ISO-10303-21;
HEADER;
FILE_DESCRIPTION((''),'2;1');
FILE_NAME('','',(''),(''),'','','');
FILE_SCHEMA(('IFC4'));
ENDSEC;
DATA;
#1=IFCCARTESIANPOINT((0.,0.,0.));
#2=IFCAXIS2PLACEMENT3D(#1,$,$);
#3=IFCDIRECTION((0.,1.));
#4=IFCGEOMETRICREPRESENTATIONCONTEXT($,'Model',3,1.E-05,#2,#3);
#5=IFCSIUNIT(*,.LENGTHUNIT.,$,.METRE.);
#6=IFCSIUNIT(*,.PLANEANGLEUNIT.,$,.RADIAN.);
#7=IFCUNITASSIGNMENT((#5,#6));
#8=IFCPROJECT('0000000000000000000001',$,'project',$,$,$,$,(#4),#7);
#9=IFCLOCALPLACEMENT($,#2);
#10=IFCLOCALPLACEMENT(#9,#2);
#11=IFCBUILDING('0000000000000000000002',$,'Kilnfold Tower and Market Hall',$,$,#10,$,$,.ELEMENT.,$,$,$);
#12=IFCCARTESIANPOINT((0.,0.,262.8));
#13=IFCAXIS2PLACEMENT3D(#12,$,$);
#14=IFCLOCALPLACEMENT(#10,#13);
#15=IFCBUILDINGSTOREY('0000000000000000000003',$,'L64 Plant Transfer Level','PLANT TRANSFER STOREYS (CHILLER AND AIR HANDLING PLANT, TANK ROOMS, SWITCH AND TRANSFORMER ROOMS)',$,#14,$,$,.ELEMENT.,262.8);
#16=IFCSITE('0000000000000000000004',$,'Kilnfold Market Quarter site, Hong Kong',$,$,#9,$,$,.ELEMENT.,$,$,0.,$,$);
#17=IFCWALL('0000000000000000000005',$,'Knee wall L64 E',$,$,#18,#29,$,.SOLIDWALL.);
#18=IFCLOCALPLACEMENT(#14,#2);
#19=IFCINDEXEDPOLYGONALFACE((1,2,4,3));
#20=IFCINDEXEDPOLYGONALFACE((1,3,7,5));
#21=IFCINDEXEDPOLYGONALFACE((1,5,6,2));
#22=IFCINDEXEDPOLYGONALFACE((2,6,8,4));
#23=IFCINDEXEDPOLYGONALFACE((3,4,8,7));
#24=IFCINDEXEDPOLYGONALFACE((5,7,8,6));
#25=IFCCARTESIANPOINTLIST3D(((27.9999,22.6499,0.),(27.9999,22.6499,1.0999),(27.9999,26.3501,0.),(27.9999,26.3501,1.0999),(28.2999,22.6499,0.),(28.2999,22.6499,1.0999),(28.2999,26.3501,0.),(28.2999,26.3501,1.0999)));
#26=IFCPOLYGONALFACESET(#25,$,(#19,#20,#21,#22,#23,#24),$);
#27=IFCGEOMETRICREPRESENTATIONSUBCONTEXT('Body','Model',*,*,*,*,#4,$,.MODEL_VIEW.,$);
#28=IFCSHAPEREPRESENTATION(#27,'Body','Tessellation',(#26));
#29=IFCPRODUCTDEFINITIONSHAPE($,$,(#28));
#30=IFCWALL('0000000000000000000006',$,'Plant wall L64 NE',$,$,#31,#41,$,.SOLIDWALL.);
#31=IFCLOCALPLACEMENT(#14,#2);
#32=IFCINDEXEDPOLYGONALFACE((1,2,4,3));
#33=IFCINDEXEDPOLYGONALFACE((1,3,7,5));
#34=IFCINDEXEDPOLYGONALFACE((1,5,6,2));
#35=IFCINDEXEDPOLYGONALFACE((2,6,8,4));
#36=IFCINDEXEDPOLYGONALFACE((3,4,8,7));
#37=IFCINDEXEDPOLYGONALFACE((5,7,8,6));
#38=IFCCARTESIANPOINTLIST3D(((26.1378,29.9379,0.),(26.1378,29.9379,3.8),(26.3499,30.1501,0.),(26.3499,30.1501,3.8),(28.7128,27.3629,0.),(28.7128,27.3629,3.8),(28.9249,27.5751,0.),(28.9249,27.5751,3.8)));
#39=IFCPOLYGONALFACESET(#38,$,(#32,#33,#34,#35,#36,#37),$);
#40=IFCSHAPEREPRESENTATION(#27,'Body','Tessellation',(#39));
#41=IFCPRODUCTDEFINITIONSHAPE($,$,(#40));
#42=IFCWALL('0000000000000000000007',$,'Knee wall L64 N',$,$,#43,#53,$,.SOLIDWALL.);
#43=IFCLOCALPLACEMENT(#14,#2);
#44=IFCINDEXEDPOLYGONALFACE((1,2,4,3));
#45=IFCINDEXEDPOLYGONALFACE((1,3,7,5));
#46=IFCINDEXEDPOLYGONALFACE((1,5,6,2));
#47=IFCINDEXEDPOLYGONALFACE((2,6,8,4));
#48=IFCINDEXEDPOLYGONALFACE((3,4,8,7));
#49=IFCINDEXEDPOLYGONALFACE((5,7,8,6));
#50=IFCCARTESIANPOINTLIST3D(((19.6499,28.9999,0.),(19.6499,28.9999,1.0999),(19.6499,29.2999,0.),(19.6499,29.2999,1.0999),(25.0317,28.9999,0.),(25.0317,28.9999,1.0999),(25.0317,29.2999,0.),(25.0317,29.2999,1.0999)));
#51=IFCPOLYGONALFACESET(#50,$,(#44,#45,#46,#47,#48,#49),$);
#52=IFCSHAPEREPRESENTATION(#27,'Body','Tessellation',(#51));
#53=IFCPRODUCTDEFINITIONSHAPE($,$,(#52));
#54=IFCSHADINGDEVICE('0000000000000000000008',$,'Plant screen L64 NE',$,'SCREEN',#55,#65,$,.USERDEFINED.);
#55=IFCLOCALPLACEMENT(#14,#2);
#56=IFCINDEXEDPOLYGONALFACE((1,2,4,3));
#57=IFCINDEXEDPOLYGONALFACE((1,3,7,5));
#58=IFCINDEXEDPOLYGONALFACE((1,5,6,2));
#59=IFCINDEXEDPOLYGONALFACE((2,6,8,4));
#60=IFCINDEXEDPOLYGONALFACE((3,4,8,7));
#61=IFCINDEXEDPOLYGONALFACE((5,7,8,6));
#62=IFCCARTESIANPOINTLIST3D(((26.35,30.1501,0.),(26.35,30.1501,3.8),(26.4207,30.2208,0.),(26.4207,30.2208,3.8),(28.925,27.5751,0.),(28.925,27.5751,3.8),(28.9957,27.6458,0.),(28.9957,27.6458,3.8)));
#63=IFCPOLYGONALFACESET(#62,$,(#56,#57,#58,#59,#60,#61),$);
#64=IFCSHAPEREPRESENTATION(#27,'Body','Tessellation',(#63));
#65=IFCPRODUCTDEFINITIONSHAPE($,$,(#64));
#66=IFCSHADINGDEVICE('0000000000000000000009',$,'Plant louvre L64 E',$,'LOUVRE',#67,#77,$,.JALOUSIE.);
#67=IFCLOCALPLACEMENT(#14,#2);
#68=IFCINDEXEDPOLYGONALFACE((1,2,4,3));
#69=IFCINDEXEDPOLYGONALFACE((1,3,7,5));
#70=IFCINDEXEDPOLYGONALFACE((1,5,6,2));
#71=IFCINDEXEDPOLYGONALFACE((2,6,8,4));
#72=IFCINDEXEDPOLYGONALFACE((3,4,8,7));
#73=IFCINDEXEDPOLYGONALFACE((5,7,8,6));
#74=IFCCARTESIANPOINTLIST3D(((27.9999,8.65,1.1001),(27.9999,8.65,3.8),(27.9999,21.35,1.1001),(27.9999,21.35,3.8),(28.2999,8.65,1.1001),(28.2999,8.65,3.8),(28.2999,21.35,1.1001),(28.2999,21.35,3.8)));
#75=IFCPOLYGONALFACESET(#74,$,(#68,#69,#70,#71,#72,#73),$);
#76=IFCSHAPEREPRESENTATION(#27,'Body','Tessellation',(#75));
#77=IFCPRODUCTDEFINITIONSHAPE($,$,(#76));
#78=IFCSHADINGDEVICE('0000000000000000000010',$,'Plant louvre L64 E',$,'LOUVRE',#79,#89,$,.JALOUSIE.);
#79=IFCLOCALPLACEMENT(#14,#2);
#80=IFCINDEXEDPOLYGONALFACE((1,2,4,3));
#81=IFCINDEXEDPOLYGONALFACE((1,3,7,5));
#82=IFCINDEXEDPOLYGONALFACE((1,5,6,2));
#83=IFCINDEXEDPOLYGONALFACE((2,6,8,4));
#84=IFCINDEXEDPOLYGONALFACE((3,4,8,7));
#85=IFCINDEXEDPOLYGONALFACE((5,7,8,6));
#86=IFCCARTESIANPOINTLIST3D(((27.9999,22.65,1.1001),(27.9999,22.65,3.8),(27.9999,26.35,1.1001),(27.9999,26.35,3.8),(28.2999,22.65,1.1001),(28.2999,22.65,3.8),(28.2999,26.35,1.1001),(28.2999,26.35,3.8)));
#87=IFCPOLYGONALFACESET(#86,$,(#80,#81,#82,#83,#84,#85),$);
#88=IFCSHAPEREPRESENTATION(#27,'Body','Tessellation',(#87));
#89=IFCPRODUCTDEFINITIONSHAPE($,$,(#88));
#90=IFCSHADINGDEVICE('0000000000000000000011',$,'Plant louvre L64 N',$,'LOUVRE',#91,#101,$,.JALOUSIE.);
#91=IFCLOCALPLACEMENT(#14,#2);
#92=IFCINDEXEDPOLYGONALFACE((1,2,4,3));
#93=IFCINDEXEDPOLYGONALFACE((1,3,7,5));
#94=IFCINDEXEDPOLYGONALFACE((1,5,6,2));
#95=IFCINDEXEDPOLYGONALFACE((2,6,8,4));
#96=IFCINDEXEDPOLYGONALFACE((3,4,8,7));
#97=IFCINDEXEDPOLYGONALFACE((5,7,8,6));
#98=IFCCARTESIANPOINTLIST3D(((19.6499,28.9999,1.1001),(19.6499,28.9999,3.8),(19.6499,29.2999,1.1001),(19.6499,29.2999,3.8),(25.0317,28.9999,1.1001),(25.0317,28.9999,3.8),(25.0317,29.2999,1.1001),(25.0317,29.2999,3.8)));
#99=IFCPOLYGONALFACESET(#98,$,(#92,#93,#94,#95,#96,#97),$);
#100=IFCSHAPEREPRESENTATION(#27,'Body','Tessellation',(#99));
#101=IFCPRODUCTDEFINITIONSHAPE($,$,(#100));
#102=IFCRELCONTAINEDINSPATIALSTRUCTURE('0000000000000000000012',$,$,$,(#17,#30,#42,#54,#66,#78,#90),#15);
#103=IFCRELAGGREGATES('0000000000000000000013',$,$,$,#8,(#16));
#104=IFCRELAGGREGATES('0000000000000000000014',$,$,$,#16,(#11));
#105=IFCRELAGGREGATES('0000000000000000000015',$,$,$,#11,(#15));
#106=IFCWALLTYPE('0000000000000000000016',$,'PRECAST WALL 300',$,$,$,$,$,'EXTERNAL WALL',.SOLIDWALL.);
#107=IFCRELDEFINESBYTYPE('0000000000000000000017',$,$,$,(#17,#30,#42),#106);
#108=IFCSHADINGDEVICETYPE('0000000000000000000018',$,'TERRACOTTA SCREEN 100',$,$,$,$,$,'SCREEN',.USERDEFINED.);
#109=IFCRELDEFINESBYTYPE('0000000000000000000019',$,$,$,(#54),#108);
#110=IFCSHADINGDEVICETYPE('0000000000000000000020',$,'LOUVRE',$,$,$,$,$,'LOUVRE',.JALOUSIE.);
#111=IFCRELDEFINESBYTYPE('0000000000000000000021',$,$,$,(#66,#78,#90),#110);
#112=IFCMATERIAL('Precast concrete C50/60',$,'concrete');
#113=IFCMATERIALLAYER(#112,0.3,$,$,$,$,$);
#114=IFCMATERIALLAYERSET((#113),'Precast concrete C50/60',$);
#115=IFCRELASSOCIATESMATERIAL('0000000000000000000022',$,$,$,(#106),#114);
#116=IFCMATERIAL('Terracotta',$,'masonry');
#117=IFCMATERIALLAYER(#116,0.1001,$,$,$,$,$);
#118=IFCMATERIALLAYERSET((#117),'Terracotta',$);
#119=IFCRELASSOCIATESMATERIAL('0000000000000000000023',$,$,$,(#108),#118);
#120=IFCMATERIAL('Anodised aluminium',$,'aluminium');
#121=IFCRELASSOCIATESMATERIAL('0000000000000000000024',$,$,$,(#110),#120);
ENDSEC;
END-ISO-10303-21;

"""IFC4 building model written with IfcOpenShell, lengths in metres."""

from ifc_helpers import new_model, si_unit, direction, frame, frame_2d, origin, origin_2d, place, context, subcontext, project, spatial, rectangle, extrude, source, transform, mapped, material, layer, layer_set, type_object, element, save


model = new_model("IFC4")

# Units and contexts
model_context = context("Model", 3, precision=1e-05, world=origin(), true_north=direction((0.0, 1.0)))
body_context = subcontext(model_context, "Body", "Model", "MODEL_VIEW")
ifc_project = project(units=[si_unit("LENGTHUNIT", "METRE"), si_unit("PLANEANGLEUNIT", "RADIAN")], contexts=[model_context])

# Site, building, storey
site_placement = place(None, origin())
site = spatial("IfcSite", under=ifc_project, at=site_placement, Name="Kilnfold Market Quarter site, Hong Kong", CompositionType="ELEMENT", RefElevation=0.0)
building_placement = place(site_placement, origin())
building = spatial("IfcBuilding", under=site, at=building_placement, Name="Kilnfold Tower and Market Hall", CompositionType="ELEMENT")
storey_placement = place(building_placement, frame((0.0, 0.0, 262.8)))
storey = spatial("IfcBuildingStorey", under=building, at=storey_placement, Name="L64 Plant Transfer Level", Description="PLANT TRANSFER STOREYS (CHILLER AND AIR HANDLING PLANT, TANK ROOMS, SWITCH AND TRANSFORMER ROOMS)", CompositionType="ELEMENT", Elevation=262.8)

# Walls
ifc_material_1 = material(Name="Precast concrete C50/60", Category="concrete")
ifc_layer_1 = layer(ifc_material_1, 0.3)
ifc_layer_set_1 = layer_set([ifc_layer_1], Name="Precast concrete C50/60")
wall_type_1 = type_object("IfcWallType", Name="PRECAST WALL 300", ElementType="EXTERNAL WALL", PredefinedType="SOLIDWALL", material=ifc_layer_set_1)
shared_shape_1 = source(origin(), body_context, "Body", "SweptSolid", [
    extrude(rectangle(XDim=3.7002, YDim=0.3, at=frame_2d((1.8501, 0.0))), origin(), (0.0, 0.0, 1.0), 1.0999),
])
wall_1_placement = place(storey_placement, frame((28.1499, 22.6499, 0.0), z_axis=(0.0, 0.0, 1.0), x_axis=(0.0, 1.0, 0.0)))
element("IfcWall", 1, at=wall_1_placement, inside=storey, type_object=wall_type_1, Name="Knee wall L64 E", PredefinedType="SOLIDWALL", context=body_context, shape_type="MappedRepresentation", body=[
    mapped(shared_shape_1, transform((0.0, 0.0, 0.0))),
])
shared_shape_2 = source(origin(), body_context, "Body", "SweptSolid", [
    extrude(rectangle(XDim=3.6416, YDim=0.3, at=frame_2d((1.8208, 0.0))), origin(), (0.0, 0.0, 1.0), 3.8),
])
wall_2_placement = place(storey_placement, frame((28.8188, 27.469, 0.0), z_axis=(0.0, 0.0, 1.0), x_axis=(-0.707107, 0.707107, 0.0)))
element("IfcWall", 2, at=wall_2_placement, inside=storey, type_object=wall_type_1, Name="Plant wall L64 NE", PredefinedType="SOLIDWALL", context=body_context, shape_type="MappedRepresentation", body=[
    mapped(shared_shape_2, transform((0.0, 0.0, 0.0))),
])
shared_shape_3 = source(origin(), body_context, "Body", "SweptSolid", [
    extrude(rectangle(XDim=5.3818, YDim=0.3, at=frame_2d((2.6909, 0.0))), origin(), (0.0, 0.0, 1.0), 1.0999),
])
wall_3_placement = place(storey_placement, frame((25.0317, 29.1499, 0.0), z_axis=(0.0, 0.0, 1.0), x_axis=(-1.0, 0.0, 0.0)))
element("IfcWall", 3, at=wall_3_placement, inside=storey, type_object=wall_type_1, Name="Knee wall L64 N", PredefinedType="SOLIDWALL", context=body_context, shape_type="MappedRepresentation", body=[
    mapped(shared_shape_3, transform((0.0, 0.0, 0.0))),
])

# Shading devices
ifc_material_2 = material(Name="Terracotta", Category="masonry")
ifc_layer_2 = layer(ifc_material_2, 0.1001)
ifc_layer_set_2 = layer_set([ifc_layer_2], Name="Terracotta")
shading_device_type_1 = type_object("IfcShadingDeviceType", Name="TERRACOTTA SCREEN 100", ElementType="SCREEN", PredefinedType="USERDEFINED", material=ifc_layer_set_2)
shared_shape_4 = source(origin(), body_context, "Body", "SweptSolid", [
    extrude(rectangle(XDim=3.6416, YDim=0.1001, at=origin_2d()), origin(), (0.0, 0.0, 1.0), 3.8),
])
shading_device_1_placement = place(storey_placement, frame((27.6729, 28.8979, 0.0), z_axis=(0.0, 0.0, 1.0), x_axis=(-0.707107, 0.707107, 0.0)))
element("IfcShadingDevice", 4, at=shading_device_1_placement, inside=storey, type_object=shading_device_type_1, Name="Plant screen L64 NE", ObjectType="SCREEN", PredefinedType="USERDEFINED", context=body_context, shape_type="MappedRepresentation", body=[
    mapped(shared_shape_4, transform((0.0, 0.0, 0.0))),
])
ifc_material_3 = material(Name="Anodised aluminium", Category="aluminium")
shading_device_type_2 = type_object("IfcShadingDeviceType", Name="LOUVRE", ElementType="LOUVRE", PredefinedType="JALOUSIE", material=ifc_material_3)
shared_shape_5 = source(origin(), body_context, "Body", "SweptSolid", [
    extrude(rectangle(XDim=12.7, YDim=0.3, at=origin_2d()), origin(), (0.0, 0.0, 1.0), 2.7),
])
shading_device_2_placement = place(storey_placement, frame((28.1499, 15.0, 1.1001), z_axis=(0.0, 0.0, 1.0), x_axis=(0.0, 1.0, 0.0)))
element("IfcShadingDevice", 5, at=shading_device_2_placement, inside=storey, type_object=shading_device_type_2, Name="Plant louvre L64 E", ObjectType="LOUVRE", PredefinedType="JALOUSIE", context=body_context, shape_type="MappedRepresentation", body=[
    mapped(shared_shape_5, transform((0.0, 0.0, 0.0))),
])
shared_shape_6 = source(origin(), body_context, "Body", "SweptSolid", [
    extrude(rectangle(XDim=3.7, YDim=0.3, at=origin_2d()), origin(), (0.0, 0.0, 1.0), 2.7),
])
shading_device_3_placement = place(storey_placement, frame((28.1499, 24.5, 1.1001), z_axis=(0.0, 0.0, 1.0), x_axis=(0.0, 1.0, 0.0)))
element("IfcShadingDevice", 6, at=shading_device_3_placement, inside=storey, type_object=shading_device_type_2, Name="Plant louvre L64 E", ObjectType="LOUVRE", PredefinedType="JALOUSIE", context=body_context, shape_type="MappedRepresentation", body=[
    mapped(shared_shape_6, transform((0.0, 0.0, 0.0))),
])
shared_shape_7 = source(origin(), body_context, "Body", "SweptSolid", [
    extrude(rectangle(XDim=5.3818, YDim=0.3, at=origin_2d()), origin(), (0.0, 0.0, 1.0), 2.7),
])
shading_device_4_placement = place(storey_placement, frame((22.3408, 29.1499, 1.1001), z_axis=(0.0, 0.0, 1.0), x_axis=(-1.0, 0.0, 0.0)))
element("IfcShadingDevice", 7, at=shading_device_4_placement, inside=storey, type_object=shading_device_type_2, Name="Plant louvre L64 N", ObjectType="LOUVRE", PredefinedType="JALOUSIE", context=body_context, shape_type="MappedRepresentation", body=[
    mapped(shared_shape_7, transform((0.0, 0.0, 0.0))),
])

save(model, "model.ifc")
